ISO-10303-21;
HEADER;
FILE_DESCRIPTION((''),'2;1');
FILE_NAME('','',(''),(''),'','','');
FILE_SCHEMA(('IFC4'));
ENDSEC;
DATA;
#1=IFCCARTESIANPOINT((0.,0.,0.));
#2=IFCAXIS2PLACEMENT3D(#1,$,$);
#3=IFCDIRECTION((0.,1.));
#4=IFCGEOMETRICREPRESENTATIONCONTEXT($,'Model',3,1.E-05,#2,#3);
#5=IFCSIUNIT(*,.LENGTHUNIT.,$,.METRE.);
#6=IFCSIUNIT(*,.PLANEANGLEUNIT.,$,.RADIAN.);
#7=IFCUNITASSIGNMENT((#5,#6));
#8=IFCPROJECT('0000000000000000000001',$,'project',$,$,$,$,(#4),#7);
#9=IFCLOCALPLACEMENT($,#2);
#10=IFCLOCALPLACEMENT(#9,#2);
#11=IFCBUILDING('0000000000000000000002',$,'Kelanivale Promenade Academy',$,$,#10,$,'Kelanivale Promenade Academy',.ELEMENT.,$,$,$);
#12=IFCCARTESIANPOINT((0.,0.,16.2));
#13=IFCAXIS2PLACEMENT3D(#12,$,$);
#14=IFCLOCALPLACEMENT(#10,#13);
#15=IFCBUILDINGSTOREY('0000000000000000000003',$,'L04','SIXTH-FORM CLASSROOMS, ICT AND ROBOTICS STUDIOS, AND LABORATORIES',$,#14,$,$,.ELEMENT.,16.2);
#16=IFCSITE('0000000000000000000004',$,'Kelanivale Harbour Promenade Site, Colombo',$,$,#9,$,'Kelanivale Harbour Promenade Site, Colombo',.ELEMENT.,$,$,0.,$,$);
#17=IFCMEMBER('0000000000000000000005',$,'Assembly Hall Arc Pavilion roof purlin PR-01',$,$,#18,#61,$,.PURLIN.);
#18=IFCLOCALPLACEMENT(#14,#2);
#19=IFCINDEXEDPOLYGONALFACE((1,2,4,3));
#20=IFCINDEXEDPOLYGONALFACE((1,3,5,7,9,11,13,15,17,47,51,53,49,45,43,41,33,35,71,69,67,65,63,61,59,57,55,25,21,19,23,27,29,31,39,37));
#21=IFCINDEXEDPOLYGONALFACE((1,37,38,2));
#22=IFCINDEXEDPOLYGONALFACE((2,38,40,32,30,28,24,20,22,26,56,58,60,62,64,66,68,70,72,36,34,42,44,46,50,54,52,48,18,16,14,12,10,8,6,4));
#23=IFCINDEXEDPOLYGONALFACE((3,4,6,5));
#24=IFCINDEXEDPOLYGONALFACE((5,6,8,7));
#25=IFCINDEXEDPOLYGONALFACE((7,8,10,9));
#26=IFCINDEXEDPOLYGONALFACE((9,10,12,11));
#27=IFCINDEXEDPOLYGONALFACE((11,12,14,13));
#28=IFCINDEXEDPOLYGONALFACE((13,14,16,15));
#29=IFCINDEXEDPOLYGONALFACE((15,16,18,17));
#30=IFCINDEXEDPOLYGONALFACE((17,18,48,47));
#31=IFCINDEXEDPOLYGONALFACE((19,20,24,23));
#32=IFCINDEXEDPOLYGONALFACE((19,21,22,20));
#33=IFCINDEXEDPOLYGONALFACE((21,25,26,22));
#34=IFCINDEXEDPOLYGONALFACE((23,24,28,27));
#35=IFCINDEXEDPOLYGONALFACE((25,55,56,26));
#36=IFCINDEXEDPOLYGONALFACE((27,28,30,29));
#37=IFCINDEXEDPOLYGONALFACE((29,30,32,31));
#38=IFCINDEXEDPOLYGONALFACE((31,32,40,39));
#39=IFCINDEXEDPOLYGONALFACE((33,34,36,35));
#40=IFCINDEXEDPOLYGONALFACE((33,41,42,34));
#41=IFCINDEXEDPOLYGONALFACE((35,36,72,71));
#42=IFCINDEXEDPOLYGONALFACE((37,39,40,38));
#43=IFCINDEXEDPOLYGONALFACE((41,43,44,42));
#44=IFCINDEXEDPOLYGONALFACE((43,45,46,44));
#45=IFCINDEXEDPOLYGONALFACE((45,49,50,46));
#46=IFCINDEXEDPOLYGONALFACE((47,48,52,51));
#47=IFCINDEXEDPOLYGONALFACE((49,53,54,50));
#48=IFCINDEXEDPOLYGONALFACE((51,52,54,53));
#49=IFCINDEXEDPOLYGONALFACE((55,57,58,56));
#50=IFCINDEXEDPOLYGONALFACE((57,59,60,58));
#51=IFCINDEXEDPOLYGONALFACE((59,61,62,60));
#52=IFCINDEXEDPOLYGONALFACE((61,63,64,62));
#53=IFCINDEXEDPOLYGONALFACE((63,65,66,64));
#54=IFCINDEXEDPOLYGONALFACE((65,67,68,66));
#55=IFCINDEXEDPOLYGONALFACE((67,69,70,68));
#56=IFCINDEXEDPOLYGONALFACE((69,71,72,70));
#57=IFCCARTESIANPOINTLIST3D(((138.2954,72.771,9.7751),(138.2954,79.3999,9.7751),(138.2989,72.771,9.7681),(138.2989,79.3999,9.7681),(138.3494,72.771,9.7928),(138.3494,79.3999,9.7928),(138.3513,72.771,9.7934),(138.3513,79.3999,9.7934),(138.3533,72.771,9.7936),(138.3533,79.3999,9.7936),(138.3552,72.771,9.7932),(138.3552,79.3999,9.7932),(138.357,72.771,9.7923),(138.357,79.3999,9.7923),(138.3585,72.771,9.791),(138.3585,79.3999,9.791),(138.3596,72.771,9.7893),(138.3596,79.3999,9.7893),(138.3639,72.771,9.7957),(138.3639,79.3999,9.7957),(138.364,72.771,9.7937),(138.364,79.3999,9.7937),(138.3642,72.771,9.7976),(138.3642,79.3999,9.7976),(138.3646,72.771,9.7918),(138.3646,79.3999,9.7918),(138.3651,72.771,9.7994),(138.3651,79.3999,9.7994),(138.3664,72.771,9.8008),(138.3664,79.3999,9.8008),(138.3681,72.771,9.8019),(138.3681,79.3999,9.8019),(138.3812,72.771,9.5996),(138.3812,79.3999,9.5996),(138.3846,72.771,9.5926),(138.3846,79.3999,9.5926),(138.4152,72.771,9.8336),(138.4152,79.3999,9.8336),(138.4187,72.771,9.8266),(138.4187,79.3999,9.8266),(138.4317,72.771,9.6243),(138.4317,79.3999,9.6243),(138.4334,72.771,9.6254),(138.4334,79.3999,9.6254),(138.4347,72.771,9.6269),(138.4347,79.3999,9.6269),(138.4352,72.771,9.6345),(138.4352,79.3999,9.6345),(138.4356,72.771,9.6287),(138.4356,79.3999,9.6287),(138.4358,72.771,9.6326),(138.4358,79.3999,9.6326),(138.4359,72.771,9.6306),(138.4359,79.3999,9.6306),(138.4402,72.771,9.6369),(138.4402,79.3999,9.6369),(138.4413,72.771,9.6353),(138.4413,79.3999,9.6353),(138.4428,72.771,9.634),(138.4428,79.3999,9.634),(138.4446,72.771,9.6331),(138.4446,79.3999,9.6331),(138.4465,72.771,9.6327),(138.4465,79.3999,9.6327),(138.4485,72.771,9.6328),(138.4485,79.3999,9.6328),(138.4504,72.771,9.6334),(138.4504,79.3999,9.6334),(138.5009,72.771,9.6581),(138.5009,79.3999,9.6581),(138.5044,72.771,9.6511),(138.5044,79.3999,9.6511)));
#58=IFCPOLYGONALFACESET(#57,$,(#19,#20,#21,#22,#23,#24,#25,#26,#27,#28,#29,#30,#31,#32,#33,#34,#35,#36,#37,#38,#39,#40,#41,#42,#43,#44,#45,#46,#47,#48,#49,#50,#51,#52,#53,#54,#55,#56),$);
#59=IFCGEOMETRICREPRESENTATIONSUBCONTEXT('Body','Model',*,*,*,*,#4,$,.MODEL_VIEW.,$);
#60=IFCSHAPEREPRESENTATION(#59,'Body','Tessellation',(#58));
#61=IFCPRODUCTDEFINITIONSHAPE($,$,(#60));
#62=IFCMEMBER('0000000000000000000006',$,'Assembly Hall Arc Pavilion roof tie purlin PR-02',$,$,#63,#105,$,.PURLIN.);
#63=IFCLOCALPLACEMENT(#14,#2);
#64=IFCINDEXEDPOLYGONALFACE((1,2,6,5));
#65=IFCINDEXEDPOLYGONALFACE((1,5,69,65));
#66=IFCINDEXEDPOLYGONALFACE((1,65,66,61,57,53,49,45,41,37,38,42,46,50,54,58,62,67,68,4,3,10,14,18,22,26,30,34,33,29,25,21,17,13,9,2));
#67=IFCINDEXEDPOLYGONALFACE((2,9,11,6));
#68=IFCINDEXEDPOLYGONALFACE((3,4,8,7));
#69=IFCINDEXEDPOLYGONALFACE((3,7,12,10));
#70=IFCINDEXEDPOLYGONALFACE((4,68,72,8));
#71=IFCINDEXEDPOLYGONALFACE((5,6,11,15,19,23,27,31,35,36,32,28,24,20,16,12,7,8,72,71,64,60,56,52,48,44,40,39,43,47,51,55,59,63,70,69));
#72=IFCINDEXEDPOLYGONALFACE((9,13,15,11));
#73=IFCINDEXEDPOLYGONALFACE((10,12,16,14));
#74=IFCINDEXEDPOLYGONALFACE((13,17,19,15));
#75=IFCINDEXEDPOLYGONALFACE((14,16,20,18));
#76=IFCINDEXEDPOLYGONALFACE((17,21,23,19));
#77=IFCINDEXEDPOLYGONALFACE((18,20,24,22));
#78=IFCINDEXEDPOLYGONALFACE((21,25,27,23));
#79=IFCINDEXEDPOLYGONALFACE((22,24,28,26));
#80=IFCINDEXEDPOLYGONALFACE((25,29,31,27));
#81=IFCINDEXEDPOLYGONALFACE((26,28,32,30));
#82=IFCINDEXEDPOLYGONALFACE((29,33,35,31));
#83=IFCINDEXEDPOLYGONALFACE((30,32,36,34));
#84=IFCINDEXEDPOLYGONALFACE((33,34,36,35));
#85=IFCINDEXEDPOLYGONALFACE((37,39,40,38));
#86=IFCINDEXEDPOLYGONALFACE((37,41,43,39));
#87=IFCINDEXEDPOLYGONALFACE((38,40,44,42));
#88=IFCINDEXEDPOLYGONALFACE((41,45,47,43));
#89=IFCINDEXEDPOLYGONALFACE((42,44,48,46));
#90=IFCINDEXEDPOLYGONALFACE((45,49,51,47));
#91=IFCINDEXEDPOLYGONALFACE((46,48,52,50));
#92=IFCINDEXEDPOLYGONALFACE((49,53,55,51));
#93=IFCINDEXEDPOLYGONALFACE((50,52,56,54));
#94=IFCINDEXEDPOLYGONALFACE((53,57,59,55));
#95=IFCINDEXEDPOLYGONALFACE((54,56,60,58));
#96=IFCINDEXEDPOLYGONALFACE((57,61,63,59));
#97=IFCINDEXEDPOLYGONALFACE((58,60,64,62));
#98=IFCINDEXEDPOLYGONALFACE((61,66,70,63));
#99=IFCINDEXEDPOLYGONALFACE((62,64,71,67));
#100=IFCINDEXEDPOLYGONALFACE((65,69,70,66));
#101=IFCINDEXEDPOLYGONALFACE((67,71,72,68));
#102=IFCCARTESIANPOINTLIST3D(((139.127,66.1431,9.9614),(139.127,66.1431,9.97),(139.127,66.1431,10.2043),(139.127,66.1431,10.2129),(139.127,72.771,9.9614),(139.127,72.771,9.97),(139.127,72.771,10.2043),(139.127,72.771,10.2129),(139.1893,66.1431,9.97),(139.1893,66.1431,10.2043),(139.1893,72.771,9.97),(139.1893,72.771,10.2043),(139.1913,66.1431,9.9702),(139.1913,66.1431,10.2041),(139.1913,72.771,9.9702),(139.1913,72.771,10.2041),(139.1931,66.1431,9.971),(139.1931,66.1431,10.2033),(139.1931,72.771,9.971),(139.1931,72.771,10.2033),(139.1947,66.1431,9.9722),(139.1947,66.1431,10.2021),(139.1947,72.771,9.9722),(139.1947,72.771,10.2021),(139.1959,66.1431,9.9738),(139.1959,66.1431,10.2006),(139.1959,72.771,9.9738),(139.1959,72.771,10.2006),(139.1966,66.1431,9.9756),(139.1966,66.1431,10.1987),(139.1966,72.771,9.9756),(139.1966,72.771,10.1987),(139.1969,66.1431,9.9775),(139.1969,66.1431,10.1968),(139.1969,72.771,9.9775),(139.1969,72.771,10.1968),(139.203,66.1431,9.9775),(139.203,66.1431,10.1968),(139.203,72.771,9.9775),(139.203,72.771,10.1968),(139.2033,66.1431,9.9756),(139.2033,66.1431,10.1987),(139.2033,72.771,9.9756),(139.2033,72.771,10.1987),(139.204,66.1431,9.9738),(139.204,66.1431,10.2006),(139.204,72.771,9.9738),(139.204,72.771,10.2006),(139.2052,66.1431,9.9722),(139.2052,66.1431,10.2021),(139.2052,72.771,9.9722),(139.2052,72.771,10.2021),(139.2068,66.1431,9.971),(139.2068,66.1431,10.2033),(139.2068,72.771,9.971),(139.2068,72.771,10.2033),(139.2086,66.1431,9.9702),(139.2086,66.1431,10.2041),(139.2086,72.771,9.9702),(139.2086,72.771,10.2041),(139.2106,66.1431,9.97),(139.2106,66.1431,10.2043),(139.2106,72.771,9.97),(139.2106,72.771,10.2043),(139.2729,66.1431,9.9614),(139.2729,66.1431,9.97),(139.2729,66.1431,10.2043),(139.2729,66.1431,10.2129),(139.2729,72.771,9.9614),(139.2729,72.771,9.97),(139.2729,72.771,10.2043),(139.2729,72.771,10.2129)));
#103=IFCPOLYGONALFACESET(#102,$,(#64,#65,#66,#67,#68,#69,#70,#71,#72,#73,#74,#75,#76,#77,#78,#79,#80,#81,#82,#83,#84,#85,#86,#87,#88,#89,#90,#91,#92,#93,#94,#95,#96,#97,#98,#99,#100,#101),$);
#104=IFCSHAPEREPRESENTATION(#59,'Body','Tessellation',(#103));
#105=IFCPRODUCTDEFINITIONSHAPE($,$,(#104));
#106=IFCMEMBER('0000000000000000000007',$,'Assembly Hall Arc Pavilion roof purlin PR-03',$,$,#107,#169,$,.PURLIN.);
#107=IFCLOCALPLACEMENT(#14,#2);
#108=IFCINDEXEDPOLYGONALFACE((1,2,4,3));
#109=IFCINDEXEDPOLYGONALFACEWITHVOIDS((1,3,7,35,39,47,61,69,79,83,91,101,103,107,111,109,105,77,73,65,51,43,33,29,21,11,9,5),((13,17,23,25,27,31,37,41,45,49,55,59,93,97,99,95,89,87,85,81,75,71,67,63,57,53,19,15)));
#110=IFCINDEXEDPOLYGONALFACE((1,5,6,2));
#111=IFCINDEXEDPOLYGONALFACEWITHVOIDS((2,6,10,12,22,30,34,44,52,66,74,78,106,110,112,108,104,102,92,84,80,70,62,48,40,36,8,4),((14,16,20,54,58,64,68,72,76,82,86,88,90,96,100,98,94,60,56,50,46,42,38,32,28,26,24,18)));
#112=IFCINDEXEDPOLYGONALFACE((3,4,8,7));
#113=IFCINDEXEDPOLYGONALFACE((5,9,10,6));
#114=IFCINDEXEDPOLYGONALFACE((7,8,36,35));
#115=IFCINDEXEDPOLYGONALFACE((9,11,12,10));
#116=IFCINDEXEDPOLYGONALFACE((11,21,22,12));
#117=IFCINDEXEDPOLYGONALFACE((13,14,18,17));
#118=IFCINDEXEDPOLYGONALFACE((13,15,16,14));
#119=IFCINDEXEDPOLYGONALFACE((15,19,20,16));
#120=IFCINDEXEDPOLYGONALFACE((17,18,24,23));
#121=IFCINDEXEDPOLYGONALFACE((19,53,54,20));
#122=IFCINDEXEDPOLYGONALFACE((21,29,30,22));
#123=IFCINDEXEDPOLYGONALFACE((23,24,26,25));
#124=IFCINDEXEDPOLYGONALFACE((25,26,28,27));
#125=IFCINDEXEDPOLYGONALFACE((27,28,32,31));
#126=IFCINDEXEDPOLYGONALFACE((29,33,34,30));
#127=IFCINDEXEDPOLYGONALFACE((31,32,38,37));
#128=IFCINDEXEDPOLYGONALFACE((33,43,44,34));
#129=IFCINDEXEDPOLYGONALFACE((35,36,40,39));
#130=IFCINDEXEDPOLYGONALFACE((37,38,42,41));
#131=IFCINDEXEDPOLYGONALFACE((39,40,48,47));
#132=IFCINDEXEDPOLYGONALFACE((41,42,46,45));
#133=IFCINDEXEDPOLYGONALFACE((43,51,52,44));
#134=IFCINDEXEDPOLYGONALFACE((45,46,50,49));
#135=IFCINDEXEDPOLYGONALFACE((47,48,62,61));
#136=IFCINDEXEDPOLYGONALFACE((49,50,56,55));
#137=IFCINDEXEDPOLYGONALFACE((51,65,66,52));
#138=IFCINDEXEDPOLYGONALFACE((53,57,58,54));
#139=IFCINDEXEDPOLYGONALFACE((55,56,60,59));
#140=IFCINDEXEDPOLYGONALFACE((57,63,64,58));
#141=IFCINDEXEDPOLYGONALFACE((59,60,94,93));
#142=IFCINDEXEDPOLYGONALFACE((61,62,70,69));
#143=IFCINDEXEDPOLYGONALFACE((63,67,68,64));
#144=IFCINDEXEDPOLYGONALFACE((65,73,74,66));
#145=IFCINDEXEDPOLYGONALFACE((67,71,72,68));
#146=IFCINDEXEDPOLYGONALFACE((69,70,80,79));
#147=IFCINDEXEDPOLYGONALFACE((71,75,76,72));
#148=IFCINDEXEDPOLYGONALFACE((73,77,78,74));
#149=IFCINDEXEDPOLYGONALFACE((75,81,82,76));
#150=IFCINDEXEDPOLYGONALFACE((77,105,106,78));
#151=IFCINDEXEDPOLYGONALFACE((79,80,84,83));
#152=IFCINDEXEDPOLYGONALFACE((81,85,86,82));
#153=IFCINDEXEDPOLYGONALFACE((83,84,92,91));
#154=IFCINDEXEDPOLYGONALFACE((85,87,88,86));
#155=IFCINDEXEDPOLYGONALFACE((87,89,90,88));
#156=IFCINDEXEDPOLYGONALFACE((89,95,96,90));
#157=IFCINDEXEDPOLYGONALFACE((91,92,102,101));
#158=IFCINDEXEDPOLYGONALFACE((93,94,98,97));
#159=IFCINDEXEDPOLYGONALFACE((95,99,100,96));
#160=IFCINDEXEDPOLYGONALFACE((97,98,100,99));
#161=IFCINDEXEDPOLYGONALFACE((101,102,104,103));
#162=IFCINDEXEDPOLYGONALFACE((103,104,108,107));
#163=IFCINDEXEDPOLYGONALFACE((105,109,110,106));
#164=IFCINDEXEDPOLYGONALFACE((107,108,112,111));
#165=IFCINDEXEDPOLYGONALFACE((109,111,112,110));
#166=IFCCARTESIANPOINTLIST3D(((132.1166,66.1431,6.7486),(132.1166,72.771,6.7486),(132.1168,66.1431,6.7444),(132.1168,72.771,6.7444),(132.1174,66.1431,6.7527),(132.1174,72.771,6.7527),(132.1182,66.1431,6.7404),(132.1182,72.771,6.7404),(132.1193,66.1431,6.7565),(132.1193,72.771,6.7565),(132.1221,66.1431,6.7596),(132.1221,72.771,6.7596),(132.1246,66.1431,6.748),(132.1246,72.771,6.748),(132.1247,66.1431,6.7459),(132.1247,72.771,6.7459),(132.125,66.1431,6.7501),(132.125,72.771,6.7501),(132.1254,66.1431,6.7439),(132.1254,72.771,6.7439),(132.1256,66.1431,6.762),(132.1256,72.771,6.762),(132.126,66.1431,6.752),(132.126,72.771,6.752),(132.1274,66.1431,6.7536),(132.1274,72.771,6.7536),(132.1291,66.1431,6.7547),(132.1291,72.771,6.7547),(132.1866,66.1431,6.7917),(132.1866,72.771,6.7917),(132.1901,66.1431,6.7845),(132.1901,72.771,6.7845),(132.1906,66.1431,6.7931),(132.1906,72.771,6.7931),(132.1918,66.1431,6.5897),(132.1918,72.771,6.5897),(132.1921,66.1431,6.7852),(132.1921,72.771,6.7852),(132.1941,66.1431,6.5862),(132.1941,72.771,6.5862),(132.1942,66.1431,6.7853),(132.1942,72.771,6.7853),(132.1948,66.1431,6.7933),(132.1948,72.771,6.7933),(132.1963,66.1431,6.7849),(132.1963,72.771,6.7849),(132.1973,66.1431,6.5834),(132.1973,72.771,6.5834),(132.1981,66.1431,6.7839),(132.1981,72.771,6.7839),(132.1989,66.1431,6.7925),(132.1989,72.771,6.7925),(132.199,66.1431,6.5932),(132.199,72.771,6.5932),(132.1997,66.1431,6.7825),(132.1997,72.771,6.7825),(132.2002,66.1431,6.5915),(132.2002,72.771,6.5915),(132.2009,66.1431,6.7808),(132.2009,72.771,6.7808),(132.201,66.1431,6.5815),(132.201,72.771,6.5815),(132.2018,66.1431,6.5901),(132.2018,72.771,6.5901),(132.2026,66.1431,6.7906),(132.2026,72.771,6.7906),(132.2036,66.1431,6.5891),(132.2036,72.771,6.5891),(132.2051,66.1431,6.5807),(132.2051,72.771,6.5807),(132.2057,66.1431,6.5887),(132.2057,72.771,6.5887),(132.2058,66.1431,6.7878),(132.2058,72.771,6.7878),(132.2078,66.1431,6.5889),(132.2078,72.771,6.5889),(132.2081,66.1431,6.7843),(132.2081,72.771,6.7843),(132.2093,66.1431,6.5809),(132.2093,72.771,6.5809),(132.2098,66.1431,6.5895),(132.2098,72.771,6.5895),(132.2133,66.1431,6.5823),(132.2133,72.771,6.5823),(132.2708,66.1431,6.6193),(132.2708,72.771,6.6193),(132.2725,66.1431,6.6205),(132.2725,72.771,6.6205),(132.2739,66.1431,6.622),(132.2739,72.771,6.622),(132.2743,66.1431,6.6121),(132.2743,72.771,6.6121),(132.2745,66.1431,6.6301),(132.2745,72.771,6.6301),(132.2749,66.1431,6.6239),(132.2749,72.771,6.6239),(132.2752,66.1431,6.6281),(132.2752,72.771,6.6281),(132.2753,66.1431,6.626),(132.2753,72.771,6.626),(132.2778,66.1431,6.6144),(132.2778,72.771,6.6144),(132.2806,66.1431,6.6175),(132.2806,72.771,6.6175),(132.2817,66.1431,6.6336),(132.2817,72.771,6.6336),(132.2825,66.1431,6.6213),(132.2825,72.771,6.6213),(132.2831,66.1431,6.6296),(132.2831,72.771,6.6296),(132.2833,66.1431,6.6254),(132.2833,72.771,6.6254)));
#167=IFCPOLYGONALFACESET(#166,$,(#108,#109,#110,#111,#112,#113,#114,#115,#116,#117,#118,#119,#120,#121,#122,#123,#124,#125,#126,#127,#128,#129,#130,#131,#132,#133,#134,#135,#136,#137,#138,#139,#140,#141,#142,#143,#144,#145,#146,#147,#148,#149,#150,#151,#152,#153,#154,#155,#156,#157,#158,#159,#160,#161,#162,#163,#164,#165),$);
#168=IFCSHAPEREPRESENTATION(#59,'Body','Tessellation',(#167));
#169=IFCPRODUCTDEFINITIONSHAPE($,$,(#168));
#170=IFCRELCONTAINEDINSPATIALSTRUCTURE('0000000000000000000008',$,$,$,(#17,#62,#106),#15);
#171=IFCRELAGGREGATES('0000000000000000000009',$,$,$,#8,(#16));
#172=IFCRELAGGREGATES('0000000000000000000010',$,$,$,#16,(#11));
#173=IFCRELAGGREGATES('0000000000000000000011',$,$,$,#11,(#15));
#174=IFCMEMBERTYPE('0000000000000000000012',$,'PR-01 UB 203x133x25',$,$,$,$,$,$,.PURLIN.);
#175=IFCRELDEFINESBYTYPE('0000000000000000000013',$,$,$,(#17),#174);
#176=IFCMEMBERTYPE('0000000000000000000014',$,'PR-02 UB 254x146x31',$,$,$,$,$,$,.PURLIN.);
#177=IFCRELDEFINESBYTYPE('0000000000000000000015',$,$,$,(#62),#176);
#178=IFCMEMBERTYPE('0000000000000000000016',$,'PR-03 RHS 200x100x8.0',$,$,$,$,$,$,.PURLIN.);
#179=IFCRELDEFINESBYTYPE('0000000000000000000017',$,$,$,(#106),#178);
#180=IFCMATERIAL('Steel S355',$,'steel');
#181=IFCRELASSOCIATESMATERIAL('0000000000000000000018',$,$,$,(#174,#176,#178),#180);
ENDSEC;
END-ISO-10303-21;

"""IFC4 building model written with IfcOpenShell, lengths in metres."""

from ifc_helpers import new_model, si_unit, direction, frame, origin, origin_2d, place, context, subcontext, project, spatial, hollow_rectangle, i_section, extrude, material, material_profile, profile_set, type_object, element, save


model = new_model("IFC4")

# Units and contexts
model_context = context("Model", 3, precision=1e-05, world=origin(), true_north=direction((0.0, 1.0)))
body_context = subcontext(model_context, "Body", "Model", "MODEL_VIEW")
ifc_project = project(units=[si_unit("LENGTHUNIT", "METRE"), si_unit("PLANEANGLEUNIT", "RADIAN")], contexts=[model_context])

# Site, building, storey
site_placement = place(None, origin())
site = spatial("IfcSite", under=ifc_project, at=site_placement, Name="Kelanivale Harbour Promenade Site, Colombo", LongName="Kelanivale Harbour Promenade Site, Colombo", CompositionType="ELEMENT", RefElevation=0.0)
building_placement = place(site_placement, origin())
building = spatial("IfcBuilding", under=site, at=building_placement, Name="Kelanivale Promenade Academy", LongName="Kelanivale Promenade Academy", CompositionType="ELEMENT")
storey_placement = place(building_placement, frame((0.0, 0.0, 16.2)))
storey = spatial("IfcBuildingStorey", under=building, at=storey_placement, Name="L04", Description="SIXTH-FORM CLASSROOMS, ICT AND ROBOTICS STUDIOS, AND LABORATORIES", CompositionType="ELEMENT", Elevation=16.2)

# Members
ifc_material_1 = material(Name="Steel S355", Category="steel")
ifc_material_profile_1 = material_profile(ifc_material_1, i_section(OverallWidth=0.1333, OverallDepth=0.2031, WebThickness=0.0056, FlangeThickness=0.0078, FilletRadius=0.0076, at=origin_2d()), Name="UB 203x133x25")
ifc_profile_set_1 = profile_set([ifc_material_profile_1], Name="Steel S355")
member_type_1 = type_object("IfcMemberType", Name="PR-01 UB 203x133x25", PredefinedType="PURLIN", material=ifc_profile_set_1)
member_1_placement = place(storey_placement, frame((138.3999, 72.771, 9.7131), z_axis=(0.0, 1.0, 0.0), x_axis=(-0.898564, 0.0, -0.438842)))
element("IfcMember", 1, at=member_1_placement, inside=storey, type_object=member_type_1, Name="Assembly Hall Arc Pavilion roof purlin PR-01", PredefinedType="PURLIN", context=body_context, shape_type="SweptSolid", body=[
    extrude(i_section(OverallWidth=0.1333, OverallDepth=0.2031, WebThickness=0.0056, FlangeThickness=0.0078, FilletRadius=0.0076, at=origin_2d()), origin(), (0.0, 0.0, 1.0), 6.6289),
])
ifc_material_profile_2 = material_profile(ifc_material_1, i_section(OverallWidth=0.146, OverallDepth=0.2515, WebThickness=0.0061, FlangeThickness=0.0085, FilletRadius=0.0076, at=origin_2d()), Name="UB 254x146x31")
ifc_profile_set_2 = profile_set([ifc_material_profile_2], Name="Steel S355")
member_type_2 = type_object("IfcMemberType", Name="PR-02 UB 254x146x31", PredefinedType="PURLIN", material=ifc_profile_set_2)
member_2_placement = place(storey_placement, frame((139.2, 66.1431, 10.0872), z_axis=(0.0, 1.0, 0.0), x_axis=(-1.0, 0.0, 0.0)))
element("IfcMember", 2, at=member_2_placement, inside=storey, type_object=member_type_2, Name="Assembly Hall Arc Pavilion roof tie purlin PR-02", PredefinedType="PURLIN", context=body_context, shape_type="SweptSolid", body=[
    extrude(i_section(OverallWidth=0.146, OverallDepth=0.2515, WebThickness=0.0061, FlangeThickness=0.0085, FilletRadius=0.0076, at=origin_2d()), origin(), (0.0, 0.0, 1.0), 6.6279),
])
ifc_material_profile_3 = material_profile(ifc_material_1, hollow_rectangle(XDim=0.1001, YDim=0.2, WallThickness=0.0081, InnerFilletRadius=0.0081, OuterFilletRadius=0.0161, at=origin_2d()), Name="RHS 200x100x8.0")
ifc_profile_set_3 = profile_set([ifc_material_profile_3], Name="Steel S355")
member_type_3 = type_object("IfcMemberType", Name="PR-03 RHS 200x100x8.0", PredefinedType="PURLIN", material=ifc_profile_set_3)
member_3_placement = place(storey_placement, frame((132.2, 66.1431, 6.687), z_axis=(0.0, 1.0, 0.0), x_axis=(-0.898564, 0.0, -0.438842)))
element("IfcMember", 3, at=member_3_placement, inside=storey, type_object=member_type_3, Name="Assembly Hall Arc Pavilion roof purlin PR-03", PredefinedType="PURLIN", context=body_context, shape_type="SweptSolid", body=[
    extrude(hollow_rectangle(XDim=0.1001, YDim=0.2, WallThickness=0.0081, InnerFilletRadius=0.0081, OuterFilletRadius=0.0161, at=origin_2d()), origin(), (0.0, 0.0, 1.0), 6.6279),
])

save(model, "model.ifc")
